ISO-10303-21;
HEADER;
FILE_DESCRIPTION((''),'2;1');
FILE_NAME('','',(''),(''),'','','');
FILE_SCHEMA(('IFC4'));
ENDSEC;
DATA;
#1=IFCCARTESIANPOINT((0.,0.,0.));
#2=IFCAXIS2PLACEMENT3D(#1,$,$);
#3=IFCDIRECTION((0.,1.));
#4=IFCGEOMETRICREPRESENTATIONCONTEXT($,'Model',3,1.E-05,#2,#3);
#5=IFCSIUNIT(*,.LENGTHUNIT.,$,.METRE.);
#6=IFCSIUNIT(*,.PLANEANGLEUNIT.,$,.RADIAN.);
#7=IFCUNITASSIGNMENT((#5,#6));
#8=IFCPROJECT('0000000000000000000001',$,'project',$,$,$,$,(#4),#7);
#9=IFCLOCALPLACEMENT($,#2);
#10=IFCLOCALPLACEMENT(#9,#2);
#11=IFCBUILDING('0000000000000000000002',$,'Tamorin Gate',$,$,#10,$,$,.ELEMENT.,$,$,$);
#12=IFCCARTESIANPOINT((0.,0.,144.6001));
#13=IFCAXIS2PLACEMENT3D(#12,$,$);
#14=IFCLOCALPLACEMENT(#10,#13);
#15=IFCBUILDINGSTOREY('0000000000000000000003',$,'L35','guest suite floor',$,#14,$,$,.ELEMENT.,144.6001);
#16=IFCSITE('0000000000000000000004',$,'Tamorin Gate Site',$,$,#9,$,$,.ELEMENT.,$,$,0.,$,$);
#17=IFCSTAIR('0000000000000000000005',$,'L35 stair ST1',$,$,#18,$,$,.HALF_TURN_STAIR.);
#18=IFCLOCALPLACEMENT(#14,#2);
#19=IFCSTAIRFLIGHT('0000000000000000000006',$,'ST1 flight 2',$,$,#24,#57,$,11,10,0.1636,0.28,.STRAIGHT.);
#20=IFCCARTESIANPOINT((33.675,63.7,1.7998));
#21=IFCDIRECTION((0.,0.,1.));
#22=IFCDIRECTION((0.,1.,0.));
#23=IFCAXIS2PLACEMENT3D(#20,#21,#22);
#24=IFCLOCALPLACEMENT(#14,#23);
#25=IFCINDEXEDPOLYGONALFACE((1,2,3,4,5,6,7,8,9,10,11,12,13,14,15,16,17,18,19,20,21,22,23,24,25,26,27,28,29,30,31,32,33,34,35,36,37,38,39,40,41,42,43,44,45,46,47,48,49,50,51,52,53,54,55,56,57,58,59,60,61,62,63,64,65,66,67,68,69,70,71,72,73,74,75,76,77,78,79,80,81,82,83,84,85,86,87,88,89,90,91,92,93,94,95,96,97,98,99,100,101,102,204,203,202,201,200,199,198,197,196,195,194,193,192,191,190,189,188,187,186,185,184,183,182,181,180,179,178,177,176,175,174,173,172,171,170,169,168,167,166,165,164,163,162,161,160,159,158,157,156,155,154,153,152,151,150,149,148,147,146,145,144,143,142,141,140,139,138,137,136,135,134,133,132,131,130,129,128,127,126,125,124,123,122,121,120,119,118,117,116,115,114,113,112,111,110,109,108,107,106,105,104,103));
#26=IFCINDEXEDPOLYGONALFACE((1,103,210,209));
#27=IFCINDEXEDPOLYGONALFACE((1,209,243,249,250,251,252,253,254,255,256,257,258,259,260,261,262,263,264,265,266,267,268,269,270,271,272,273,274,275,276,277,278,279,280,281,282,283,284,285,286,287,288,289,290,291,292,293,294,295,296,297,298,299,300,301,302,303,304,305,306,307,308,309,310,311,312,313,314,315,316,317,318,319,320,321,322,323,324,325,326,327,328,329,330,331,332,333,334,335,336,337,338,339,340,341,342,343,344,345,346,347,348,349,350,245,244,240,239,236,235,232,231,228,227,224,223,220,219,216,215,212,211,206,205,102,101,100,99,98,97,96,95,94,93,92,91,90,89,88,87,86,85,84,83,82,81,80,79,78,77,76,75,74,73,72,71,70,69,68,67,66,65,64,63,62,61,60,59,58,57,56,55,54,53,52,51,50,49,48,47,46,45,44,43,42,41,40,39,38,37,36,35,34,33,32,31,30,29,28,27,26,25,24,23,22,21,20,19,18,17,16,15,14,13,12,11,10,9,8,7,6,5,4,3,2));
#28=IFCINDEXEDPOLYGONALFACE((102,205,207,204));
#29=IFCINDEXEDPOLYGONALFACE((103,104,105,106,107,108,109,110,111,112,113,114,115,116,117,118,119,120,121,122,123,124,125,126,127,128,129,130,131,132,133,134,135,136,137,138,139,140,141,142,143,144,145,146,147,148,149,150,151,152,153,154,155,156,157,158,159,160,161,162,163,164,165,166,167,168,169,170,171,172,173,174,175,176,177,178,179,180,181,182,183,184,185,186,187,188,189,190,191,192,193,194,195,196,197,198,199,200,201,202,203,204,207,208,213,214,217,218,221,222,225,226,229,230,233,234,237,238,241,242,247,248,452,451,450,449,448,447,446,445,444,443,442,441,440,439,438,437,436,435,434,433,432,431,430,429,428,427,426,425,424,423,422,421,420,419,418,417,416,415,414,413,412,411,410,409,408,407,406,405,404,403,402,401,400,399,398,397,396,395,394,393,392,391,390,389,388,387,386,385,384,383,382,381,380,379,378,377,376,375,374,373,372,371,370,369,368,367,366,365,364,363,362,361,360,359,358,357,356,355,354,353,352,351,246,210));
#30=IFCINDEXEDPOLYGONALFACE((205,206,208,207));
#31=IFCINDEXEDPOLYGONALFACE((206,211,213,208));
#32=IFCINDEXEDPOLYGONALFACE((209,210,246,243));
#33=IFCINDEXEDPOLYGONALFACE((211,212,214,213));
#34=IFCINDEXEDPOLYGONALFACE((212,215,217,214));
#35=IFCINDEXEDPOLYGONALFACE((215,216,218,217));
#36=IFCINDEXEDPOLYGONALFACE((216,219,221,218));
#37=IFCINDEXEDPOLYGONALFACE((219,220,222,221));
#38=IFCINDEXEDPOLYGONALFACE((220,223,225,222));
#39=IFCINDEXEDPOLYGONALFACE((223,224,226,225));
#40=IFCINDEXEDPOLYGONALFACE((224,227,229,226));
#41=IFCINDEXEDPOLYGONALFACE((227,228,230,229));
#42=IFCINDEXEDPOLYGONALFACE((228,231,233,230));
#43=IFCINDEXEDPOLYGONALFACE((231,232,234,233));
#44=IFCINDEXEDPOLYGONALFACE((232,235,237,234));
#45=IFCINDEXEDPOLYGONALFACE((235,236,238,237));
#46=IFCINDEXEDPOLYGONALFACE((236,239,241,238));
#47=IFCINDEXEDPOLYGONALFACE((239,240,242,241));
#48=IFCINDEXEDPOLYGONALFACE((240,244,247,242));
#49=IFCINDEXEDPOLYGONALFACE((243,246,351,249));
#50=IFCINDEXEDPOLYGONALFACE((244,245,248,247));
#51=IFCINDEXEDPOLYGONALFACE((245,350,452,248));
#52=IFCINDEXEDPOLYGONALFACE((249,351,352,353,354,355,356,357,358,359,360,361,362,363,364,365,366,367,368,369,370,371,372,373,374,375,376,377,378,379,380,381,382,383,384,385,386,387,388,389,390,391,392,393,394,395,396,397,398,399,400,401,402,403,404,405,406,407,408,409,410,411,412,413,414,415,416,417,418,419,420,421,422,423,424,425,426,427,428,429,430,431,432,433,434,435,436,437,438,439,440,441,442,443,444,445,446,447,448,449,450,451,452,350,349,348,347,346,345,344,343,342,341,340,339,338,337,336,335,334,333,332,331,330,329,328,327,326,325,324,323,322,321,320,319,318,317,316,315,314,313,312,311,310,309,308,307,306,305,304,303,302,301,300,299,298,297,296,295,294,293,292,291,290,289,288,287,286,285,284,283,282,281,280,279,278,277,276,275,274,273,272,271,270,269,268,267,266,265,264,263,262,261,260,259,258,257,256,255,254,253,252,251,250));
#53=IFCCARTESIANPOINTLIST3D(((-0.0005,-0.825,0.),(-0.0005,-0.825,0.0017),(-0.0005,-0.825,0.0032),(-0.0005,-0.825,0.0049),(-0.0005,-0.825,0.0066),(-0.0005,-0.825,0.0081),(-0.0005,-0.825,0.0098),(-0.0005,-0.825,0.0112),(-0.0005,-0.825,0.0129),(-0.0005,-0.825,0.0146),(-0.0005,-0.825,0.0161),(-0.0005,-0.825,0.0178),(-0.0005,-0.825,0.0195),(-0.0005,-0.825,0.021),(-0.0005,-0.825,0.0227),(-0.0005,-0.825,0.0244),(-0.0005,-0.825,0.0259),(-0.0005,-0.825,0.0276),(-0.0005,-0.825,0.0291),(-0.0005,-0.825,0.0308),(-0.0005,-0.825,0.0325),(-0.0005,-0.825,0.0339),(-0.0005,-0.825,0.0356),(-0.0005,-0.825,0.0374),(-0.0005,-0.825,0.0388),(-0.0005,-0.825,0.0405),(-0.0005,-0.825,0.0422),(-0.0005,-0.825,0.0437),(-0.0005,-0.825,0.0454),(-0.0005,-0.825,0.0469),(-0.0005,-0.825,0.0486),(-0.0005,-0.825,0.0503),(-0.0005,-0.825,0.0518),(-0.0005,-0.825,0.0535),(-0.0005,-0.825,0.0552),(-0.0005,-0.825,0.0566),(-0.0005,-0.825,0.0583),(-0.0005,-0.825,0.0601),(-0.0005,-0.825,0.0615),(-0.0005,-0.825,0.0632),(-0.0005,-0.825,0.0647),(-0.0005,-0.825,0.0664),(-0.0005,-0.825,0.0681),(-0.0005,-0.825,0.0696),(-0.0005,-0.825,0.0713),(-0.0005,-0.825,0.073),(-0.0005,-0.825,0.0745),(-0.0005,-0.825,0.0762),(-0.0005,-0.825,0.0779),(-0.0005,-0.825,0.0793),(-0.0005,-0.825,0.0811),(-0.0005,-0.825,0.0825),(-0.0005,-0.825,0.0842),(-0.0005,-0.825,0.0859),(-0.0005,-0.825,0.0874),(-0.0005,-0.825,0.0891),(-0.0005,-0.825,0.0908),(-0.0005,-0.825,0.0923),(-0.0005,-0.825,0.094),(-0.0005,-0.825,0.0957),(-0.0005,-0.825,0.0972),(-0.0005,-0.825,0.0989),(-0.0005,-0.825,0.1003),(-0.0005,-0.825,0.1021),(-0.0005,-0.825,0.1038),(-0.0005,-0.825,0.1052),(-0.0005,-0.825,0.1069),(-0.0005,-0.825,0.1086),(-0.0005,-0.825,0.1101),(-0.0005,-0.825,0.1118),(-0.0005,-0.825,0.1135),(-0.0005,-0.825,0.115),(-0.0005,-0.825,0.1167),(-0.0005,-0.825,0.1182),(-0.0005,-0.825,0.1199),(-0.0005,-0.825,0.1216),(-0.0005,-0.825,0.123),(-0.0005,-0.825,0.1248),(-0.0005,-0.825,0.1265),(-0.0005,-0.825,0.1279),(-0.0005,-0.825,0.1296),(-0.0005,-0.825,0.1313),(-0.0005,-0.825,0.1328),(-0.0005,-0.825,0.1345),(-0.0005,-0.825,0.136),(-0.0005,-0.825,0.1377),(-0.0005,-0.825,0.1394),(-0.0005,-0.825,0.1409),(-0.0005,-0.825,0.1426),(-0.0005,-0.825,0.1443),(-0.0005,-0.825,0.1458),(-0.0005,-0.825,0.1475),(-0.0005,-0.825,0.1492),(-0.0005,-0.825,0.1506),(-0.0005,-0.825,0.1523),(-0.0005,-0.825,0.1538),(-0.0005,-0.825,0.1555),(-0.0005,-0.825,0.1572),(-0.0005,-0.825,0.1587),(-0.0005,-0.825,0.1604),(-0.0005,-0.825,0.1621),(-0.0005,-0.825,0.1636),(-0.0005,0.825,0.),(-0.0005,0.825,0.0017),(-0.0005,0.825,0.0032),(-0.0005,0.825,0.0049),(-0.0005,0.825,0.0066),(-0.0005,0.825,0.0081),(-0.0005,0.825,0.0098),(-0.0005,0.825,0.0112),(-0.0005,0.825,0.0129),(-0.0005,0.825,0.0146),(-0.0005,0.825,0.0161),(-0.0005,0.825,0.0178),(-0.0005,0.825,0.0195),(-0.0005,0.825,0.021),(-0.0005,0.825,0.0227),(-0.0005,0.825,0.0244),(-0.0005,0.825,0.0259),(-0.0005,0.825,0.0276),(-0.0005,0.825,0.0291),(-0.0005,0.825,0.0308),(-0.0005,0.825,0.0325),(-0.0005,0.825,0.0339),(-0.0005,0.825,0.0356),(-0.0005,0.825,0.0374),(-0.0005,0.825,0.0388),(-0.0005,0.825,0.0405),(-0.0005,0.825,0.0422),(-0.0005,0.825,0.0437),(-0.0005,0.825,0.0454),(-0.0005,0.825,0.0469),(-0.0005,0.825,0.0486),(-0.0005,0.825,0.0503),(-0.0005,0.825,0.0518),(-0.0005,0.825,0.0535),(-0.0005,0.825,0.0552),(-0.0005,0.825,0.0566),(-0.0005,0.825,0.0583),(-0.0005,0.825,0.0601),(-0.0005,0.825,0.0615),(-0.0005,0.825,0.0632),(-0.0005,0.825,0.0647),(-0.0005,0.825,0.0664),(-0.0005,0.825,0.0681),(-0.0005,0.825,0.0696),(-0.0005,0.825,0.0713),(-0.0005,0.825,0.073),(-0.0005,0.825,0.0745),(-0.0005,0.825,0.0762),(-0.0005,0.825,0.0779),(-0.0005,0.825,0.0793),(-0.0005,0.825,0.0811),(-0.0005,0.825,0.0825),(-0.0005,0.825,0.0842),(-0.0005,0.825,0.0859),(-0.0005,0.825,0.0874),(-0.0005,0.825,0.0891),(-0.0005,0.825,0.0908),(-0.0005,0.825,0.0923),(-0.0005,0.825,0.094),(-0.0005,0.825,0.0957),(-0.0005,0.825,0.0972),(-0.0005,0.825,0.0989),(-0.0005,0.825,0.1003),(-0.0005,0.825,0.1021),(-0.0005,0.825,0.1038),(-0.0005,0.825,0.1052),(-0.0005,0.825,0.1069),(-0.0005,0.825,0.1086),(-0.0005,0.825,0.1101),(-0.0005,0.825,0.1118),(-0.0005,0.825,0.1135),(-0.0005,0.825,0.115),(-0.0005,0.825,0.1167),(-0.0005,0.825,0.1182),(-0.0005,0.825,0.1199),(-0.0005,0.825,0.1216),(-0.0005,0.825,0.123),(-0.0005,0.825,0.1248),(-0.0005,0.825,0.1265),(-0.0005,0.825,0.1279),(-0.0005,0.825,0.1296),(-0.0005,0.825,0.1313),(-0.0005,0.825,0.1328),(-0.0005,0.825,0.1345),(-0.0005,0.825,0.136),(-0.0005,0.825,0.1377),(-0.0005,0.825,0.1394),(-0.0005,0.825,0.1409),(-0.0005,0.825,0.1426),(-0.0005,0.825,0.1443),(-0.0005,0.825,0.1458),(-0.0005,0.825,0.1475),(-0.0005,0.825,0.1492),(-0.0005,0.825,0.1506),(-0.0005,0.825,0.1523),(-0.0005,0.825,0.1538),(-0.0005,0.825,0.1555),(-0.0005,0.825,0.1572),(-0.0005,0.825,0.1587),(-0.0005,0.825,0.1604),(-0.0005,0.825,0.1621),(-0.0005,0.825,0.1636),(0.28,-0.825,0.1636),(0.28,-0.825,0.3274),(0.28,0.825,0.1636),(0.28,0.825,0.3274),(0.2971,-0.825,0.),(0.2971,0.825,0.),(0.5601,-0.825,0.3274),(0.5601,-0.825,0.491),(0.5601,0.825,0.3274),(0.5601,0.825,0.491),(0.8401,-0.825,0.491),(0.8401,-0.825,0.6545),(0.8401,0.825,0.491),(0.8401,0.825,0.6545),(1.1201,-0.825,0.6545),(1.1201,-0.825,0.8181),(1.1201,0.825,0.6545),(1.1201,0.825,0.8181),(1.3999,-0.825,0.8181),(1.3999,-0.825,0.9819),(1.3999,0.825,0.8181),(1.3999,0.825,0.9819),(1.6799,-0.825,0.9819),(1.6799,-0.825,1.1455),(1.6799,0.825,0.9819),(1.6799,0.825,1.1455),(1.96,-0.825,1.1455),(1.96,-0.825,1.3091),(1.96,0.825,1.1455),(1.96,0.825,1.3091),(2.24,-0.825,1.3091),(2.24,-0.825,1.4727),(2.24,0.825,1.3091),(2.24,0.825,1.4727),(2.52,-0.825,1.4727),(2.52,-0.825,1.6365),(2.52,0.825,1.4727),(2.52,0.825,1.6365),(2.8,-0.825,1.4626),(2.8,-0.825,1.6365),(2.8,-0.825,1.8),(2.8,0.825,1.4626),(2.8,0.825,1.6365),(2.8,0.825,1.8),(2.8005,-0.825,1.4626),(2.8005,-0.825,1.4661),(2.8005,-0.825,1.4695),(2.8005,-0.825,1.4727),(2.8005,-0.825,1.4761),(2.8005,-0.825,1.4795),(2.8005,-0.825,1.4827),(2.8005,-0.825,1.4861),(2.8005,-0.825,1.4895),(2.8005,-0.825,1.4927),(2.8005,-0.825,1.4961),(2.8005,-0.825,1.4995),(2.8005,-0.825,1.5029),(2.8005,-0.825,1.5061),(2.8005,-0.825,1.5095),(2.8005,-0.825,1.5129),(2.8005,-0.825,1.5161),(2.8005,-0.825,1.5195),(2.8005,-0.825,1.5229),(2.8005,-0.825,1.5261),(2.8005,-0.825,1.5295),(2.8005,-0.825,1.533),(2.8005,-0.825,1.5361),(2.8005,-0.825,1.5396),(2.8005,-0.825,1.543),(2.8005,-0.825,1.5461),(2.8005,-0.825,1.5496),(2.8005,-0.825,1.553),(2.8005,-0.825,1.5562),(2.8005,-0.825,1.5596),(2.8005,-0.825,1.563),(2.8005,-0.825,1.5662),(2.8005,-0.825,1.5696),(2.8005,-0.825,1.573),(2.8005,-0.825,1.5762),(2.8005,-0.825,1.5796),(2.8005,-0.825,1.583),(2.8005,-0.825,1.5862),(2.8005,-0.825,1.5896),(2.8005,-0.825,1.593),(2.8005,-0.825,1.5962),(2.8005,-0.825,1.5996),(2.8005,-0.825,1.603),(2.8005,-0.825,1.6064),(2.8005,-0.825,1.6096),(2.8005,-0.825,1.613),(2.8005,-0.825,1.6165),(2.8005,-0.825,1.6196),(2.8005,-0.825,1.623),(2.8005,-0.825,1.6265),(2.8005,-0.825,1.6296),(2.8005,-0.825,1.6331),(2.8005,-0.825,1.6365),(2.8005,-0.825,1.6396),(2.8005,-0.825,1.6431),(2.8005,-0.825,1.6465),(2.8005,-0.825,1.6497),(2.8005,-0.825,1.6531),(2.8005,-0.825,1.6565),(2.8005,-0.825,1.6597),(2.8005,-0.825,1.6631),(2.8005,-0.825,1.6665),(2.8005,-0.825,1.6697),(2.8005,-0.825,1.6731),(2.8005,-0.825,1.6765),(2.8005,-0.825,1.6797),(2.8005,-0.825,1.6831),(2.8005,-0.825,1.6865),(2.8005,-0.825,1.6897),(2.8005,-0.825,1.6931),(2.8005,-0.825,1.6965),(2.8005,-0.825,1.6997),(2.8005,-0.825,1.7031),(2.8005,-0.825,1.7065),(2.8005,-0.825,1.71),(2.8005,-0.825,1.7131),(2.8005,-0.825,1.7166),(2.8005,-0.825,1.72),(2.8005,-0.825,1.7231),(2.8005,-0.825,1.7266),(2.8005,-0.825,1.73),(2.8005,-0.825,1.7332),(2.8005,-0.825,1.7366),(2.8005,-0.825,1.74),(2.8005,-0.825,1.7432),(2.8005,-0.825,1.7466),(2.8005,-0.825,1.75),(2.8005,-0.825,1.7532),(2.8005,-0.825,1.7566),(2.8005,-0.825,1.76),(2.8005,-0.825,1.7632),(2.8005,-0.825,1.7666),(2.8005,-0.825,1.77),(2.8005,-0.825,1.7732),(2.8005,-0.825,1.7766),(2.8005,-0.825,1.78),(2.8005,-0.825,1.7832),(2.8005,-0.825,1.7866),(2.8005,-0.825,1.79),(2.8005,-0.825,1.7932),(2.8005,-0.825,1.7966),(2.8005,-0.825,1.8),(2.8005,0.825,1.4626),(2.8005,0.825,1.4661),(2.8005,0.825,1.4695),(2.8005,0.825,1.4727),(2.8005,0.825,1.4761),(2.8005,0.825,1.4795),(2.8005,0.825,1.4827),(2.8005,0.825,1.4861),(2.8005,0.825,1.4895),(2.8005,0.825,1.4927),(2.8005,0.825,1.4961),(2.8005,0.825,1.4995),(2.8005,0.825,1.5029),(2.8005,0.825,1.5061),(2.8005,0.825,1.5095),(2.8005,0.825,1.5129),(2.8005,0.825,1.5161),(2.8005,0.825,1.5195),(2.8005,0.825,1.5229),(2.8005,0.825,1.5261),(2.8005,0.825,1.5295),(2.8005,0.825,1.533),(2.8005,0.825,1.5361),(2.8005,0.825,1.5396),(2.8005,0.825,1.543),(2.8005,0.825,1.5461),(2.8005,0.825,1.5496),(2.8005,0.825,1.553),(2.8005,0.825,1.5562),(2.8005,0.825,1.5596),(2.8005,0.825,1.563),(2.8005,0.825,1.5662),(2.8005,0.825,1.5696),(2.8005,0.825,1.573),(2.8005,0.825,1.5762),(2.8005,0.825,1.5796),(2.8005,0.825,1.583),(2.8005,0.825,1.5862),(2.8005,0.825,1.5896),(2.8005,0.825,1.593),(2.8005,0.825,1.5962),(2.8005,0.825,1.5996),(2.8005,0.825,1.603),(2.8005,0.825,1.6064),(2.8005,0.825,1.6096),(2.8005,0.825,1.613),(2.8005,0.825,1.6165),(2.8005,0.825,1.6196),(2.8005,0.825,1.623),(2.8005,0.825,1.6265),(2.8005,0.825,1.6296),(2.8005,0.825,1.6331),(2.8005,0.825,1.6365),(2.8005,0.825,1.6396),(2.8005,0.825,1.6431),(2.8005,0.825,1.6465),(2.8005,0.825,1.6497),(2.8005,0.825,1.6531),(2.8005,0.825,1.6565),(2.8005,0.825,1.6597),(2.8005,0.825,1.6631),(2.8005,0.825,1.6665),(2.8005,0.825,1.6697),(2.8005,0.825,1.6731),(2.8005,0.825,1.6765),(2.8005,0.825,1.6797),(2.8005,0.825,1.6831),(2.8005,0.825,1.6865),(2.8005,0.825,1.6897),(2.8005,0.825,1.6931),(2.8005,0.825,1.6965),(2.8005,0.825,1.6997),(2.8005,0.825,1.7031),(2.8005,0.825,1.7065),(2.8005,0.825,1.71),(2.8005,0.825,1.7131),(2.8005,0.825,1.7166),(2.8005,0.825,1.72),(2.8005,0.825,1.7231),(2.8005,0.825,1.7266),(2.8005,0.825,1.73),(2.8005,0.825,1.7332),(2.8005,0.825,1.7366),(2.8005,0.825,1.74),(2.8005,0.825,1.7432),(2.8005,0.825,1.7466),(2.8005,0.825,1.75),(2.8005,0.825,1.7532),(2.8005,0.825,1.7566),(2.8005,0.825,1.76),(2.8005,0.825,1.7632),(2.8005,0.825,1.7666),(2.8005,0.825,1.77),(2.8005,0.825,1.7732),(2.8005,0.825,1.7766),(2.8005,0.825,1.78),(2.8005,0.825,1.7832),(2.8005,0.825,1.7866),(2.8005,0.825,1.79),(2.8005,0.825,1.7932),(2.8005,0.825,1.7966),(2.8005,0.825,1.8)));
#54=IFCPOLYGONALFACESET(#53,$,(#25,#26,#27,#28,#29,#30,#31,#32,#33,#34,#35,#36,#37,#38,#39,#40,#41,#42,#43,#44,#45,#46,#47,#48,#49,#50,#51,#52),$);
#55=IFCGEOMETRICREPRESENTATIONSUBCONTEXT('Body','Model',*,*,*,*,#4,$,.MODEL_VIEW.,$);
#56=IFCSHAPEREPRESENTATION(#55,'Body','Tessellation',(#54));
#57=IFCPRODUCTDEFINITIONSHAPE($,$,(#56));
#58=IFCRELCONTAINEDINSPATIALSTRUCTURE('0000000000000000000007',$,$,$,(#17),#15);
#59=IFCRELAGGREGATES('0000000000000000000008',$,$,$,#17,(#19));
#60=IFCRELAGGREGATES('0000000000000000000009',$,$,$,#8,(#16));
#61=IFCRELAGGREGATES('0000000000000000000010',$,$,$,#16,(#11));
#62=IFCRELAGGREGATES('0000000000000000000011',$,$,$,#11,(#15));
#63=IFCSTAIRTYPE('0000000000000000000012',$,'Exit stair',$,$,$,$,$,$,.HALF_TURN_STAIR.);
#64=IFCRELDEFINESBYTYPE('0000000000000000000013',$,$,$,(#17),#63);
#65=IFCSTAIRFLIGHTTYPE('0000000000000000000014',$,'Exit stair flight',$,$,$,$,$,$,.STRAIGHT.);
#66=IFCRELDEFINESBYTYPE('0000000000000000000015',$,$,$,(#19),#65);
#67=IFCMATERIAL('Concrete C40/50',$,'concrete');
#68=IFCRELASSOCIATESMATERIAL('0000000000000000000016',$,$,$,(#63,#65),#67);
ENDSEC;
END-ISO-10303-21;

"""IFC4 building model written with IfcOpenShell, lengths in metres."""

from ifc_helpers import new_model, si_unit, direction, frame, origin, place, context, subcontext, project, spatial, polyline, outline, extrude, material, type_object, element, aggregate, save


model = new_model("IFC4")

# Units and contexts
model_context = context("Model", 3, precision=1e-05, world=origin(), true_north=direction((0.0, 1.0)))
body_context = subcontext(model_context, "Body", "Model", "MODEL_VIEW")
ifc_project = project(units=[si_unit("LENGTHUNIT", "METRE"), si_unit("PLANEANGLEUNIT", "RADIAN")], contexts=[model_context])

# Site, building, storey
site_placement = place(None, origin())
site = spatial("IfcSite", under=ifc_project, at=site_placement, Name="Tamorin Gate Site", CompositionType="ELEMENT", RefElevation=0.0)
building_placement = place(site_placement, origin())
building = spatial("IfcBuilding", under=site, at=building_placement, Name="Tamorin Gate", CompositionType="ELEMENT")
storey_placement = place(building_placement, frame((0.0, 0.0, 144.6001)))
storey = spatial("IfcBuildingStorey", under=building, at=storey_placement, Name="L35", Description="guest suite floor", CompositionType="ELEMENT", Elevation=144.6001)

# Shared definitions
ifc_material_1 = material(Name="Concrete C40/50", Category="concrete")

# Stair, stair flight
stair_type = type_object("IfcStairType", Name="Exit stair", PredefinedType="HALF_TURN_STAIR", material=ifc_material_1)
stair_1_placement = place(storey_placement, origin())
stair_1 = element("IfcStair", 1, at=stair_1_placement, inside=storey, type_object=stair_type, Name="L35 stair ST1", PredefinedType="HALF_TURN_STAIR")
stair_flight_type = type_object("IfcStairFlightType", Name="Exit stair flight", PredefinedType="STRAIGHT", material=ifc_material_1)
stair_flight_1_placement = place(storey_placement, frame((33.675, 63.7, 1.7998), z_axis=(0.0, 0.0, 1.0), x_axis=(0.0, 1.0, 0.0)))
stair_flight_1 = element("IfcStairFlight", 2, at=stair_flight_1_placement, type_object=stair_flight_type, Name="ST1 flight 2", NumberOfRisers=11, NumberOfTreads=10, PredefinedType="STRAIGHT", RiserHeight=0.1636, TreadLength=0.28, context=body_context, shape_type="SweptSolid", body=[
    extrude(outline(polyline([(-0.0005, 0.0), (-0.0005, 0.0017), (-0.0005, 0.0032), (-0.0005, 0.0049), (-0.0005, 0.0066), (-0.0005, 0.0081), (-0.0005, 0.0098), (-0.0005, 0.0112), (-0.0005, 0.0129), (-0.0005, 0.0146), (-0.0005, 0.0161), (-0.0005, 0.0178), (-0.0005, 0.0195), (-0.0005, 0.021), (-0.0005, 0.0227), (-0.0005, 0.0244), (-0.0005, 0.0259), (-0.0005, 0.0276), (-0.0005, 0.0291), (-0.0005, 0.0308), (-0.0005, 0.0325), (-0.0005, 0.0339), (-0.0005, 0.0356), (-0.0005, 0.0374), (-0.0005, 0.0388), (-0.0005, 0.0405), (-0.0005, 0.0422), (-0.0005, 0.0437), (-0.0005, 0.0454), (-0.0005, 0.0469), (-0.0005, 0.0486), (-0.0005, 0.0503), (-0.0005, 0.0518), (-0.0005, 0.0535), (-0.0005, 0.0552), (-0.0005, 0.0566), (-0.0005, 0.0583), (-0.0005, 0.0601), (-0.0005, 0.0615), (-0.0005, 0.0632), (-0.0005, 0.0647), (-0.0005, 0.0664), (-0.0005, 0.0681), (-0.0005, 0.0696), (-0.0005, 0.0713), (-0.0005, 0.073), (-0.0005, 0.0745), (-0.0005, 0.0762), (-0.0005, 0.0779), (-0.0005, 0.0793), (-0.0005, 0.0811), (-0.0005, 0.0825), (-0.0005, 0.0842), (-0.0005, 0.0859), (-0.0005, 0.0874), (-0.0005, 0.0891), (-0.0005, 0.0908), (-0.0005, 0.0923), (-0.0005, 0.094), (-0.0005, 0.0957), (-0.0005, 0.0972), (-0.0005, 0.0989), (-0.0005, 0.1003), (-0.0005, 0.1021), (-0.0005, 0.1038), (-0.0005, 0.1052), (-0.0005, 0.1069), (-0.0005, 0.1086), (-0.0005, 0.1101), (-0.0005, 0.1118), (-0.0005, 0.1135), (-0.0005, 0.115), (-0.0005, 0.1167), (-0.0005, 0.1182), (-0.0005, 0.1199), (-0.0005, 0.1216), (-0.0005, 0.123), (-0.0005, 0.1248), (-0.0005, 0.1265), (-0.0005, 0.1279), (-0.0005, 0.1296), (-0.0005, 0.1313), (-0.0005, 0.1328), (-0.0005, 0.1345), (-0.0005, 0.136), (-0.0005, 0.1377), (-0.0005, 0.1394), (-0.0005, 0.1409), (-0.0005, 0.1426), (-0.0005, 0.1443), (-0.0005, 0.1458), (-0.0005, 0.1475), (-0.0005, 0.1492), (-0.0005, 0.1506), (-0.0005, 0.1523), (-0.0005, 0.1538), (-0.0005, 0.1555), (-0.0005, 0.1572), (-0.0005, 0.1587), (-0.0005, 0.1604), (-0.0005, 0.1621), (-0.0005, 0.1636), (0.28, 0.1636), (0.28, 0.3274), (0.5601, 0.3274), (0.5601, 0.491), (0.8401, 0.491), (0.8401, 0.6545), (1.1201, 0.6545), (1.1201, 0.8181), (1.3999, 0.8181), (1.3999, 0.9819), (1.6799, 0.9819), (1.6799, 1.1455), (1.96, 1.1455), (1.96, 1.3091), (2.24, 1.3091), (2.24, 1.4727), (2.52, 1.4727), (2.52, 1.6365), (2.8, 1.6365), (2.8, 1.8), (2.8005, 1.8), (2.8005, 1.7966), (2.8005, 1.7932), (2.8005, 1.79), (2.8005, 1.7866), (2.8005, 1.7832), (2.8005, 1.78), (2.8005, 1.7766), (2.8005, 1.7732), (2.8005, 1.77), (2.8005, 1.7666), (2.8005, 1.7632), (2.8005, 1.76), (2.8005, 1.7566), (2.8005, 1.7532), (2.8005, 1.75), (2.8005, 1.7466), (2.8005, 1.7432), (2.8005, 1.74), (2.8005, 1.7366), (2.8005, 1.7332), (2.8005, 1.73), (2.8005, 1.7266), (2.8005, 1.7231), (2.8005, 1.72), (2.8005, 1.7166), (2.8005, 1.7131), (2.8005, 1.71), (2.8005, 1.7065), (2.8005, 1.7031), (2.8005, 1.6997), (2.8005, 1.6965), (2.8005, 1.6931), (2.8005, 1.6897), (2.8005, 1.6865), (2.8005, 1.6831), (2.8005, 1.6797), (2.8005, 1.6765), (2.8005, 1.6731), (2.8005, 1.6697), (2.8005, 1.6665), (2.8005, 1.6631), (2.8005, 1.6597), (2.8005, 1.6565), (2.8005, 1.6531), (2.8005, 1.6497), (2.8005, 1.6465), (2.8005, 1.6431), (2.8005, 1.6396), (2.8005, 1.6365), (2.8005, 1.6331), (2.8005, 1.6296), (2.8005, 1.6265), (2.8005, 1.623), (2.8005, 1.6196), (2.8005, 1.6165), (2.8005, 1.613), (2.8005, 1.6096), (2.8005, 1.6064), (2.8005, 1.603), (2.8005, 1.5996), (2.8005, 1.5962), (2.8005, 1.593), (2.8005, 1.5896), (2.8005, 1.5862), (2.8005, 1.583), (2.8005, 1.5796), (2.8005, 1.5762), (2.8005, 1.573), (2.8005, 1.5696), (2.8005, 1.5662), (2.8005, 1.563), (2.8005, 1.5596), (2.8005, 1.5562), (2.8005, 1.553), (2.8005, 1.5496), (2.8005, 1.5461), (2.8005, 1.543), (2.8005, 1.5396), (2.8005, 1.5361), (2.8005, 1.533), (2.8005, 1.5295), (2.8005, 1.5261), (2.8005, 1.5229), (2.8005, 1.5195), (2.8005, 1.5161), (2.8005, 1.5129), (2.8005, 1.5095), (2.8005, 1.5061), (2.8005, 1.5029), (2.8005, 1.4995), (2.8005, 1.4961), (2.8005, 1.4927), (2.8005, 1.4895), (2.8005, 1.4861), (2.8005, 1.4827), (2.8005, 1.4795), (2.8005, 1.4761), (2.8005, 1.4727), (2.8005, 1.4695), (2.8005, 1.4661), (2.8005, 1.4626), (2.8, 1.4626), (0.2971, 0.0), (-0.0005, 0.0)])), frame((0.0, 0.825, 0.0), z_axis=(0.0, -1.0, 0.0), x_axis=(1.0, 0.0, 0.0)), (0.0, 0.0, 1.0), 1.6499),
])
aggregate(stair_1, [stair_flight_1])

save(model, "model.ifc")
